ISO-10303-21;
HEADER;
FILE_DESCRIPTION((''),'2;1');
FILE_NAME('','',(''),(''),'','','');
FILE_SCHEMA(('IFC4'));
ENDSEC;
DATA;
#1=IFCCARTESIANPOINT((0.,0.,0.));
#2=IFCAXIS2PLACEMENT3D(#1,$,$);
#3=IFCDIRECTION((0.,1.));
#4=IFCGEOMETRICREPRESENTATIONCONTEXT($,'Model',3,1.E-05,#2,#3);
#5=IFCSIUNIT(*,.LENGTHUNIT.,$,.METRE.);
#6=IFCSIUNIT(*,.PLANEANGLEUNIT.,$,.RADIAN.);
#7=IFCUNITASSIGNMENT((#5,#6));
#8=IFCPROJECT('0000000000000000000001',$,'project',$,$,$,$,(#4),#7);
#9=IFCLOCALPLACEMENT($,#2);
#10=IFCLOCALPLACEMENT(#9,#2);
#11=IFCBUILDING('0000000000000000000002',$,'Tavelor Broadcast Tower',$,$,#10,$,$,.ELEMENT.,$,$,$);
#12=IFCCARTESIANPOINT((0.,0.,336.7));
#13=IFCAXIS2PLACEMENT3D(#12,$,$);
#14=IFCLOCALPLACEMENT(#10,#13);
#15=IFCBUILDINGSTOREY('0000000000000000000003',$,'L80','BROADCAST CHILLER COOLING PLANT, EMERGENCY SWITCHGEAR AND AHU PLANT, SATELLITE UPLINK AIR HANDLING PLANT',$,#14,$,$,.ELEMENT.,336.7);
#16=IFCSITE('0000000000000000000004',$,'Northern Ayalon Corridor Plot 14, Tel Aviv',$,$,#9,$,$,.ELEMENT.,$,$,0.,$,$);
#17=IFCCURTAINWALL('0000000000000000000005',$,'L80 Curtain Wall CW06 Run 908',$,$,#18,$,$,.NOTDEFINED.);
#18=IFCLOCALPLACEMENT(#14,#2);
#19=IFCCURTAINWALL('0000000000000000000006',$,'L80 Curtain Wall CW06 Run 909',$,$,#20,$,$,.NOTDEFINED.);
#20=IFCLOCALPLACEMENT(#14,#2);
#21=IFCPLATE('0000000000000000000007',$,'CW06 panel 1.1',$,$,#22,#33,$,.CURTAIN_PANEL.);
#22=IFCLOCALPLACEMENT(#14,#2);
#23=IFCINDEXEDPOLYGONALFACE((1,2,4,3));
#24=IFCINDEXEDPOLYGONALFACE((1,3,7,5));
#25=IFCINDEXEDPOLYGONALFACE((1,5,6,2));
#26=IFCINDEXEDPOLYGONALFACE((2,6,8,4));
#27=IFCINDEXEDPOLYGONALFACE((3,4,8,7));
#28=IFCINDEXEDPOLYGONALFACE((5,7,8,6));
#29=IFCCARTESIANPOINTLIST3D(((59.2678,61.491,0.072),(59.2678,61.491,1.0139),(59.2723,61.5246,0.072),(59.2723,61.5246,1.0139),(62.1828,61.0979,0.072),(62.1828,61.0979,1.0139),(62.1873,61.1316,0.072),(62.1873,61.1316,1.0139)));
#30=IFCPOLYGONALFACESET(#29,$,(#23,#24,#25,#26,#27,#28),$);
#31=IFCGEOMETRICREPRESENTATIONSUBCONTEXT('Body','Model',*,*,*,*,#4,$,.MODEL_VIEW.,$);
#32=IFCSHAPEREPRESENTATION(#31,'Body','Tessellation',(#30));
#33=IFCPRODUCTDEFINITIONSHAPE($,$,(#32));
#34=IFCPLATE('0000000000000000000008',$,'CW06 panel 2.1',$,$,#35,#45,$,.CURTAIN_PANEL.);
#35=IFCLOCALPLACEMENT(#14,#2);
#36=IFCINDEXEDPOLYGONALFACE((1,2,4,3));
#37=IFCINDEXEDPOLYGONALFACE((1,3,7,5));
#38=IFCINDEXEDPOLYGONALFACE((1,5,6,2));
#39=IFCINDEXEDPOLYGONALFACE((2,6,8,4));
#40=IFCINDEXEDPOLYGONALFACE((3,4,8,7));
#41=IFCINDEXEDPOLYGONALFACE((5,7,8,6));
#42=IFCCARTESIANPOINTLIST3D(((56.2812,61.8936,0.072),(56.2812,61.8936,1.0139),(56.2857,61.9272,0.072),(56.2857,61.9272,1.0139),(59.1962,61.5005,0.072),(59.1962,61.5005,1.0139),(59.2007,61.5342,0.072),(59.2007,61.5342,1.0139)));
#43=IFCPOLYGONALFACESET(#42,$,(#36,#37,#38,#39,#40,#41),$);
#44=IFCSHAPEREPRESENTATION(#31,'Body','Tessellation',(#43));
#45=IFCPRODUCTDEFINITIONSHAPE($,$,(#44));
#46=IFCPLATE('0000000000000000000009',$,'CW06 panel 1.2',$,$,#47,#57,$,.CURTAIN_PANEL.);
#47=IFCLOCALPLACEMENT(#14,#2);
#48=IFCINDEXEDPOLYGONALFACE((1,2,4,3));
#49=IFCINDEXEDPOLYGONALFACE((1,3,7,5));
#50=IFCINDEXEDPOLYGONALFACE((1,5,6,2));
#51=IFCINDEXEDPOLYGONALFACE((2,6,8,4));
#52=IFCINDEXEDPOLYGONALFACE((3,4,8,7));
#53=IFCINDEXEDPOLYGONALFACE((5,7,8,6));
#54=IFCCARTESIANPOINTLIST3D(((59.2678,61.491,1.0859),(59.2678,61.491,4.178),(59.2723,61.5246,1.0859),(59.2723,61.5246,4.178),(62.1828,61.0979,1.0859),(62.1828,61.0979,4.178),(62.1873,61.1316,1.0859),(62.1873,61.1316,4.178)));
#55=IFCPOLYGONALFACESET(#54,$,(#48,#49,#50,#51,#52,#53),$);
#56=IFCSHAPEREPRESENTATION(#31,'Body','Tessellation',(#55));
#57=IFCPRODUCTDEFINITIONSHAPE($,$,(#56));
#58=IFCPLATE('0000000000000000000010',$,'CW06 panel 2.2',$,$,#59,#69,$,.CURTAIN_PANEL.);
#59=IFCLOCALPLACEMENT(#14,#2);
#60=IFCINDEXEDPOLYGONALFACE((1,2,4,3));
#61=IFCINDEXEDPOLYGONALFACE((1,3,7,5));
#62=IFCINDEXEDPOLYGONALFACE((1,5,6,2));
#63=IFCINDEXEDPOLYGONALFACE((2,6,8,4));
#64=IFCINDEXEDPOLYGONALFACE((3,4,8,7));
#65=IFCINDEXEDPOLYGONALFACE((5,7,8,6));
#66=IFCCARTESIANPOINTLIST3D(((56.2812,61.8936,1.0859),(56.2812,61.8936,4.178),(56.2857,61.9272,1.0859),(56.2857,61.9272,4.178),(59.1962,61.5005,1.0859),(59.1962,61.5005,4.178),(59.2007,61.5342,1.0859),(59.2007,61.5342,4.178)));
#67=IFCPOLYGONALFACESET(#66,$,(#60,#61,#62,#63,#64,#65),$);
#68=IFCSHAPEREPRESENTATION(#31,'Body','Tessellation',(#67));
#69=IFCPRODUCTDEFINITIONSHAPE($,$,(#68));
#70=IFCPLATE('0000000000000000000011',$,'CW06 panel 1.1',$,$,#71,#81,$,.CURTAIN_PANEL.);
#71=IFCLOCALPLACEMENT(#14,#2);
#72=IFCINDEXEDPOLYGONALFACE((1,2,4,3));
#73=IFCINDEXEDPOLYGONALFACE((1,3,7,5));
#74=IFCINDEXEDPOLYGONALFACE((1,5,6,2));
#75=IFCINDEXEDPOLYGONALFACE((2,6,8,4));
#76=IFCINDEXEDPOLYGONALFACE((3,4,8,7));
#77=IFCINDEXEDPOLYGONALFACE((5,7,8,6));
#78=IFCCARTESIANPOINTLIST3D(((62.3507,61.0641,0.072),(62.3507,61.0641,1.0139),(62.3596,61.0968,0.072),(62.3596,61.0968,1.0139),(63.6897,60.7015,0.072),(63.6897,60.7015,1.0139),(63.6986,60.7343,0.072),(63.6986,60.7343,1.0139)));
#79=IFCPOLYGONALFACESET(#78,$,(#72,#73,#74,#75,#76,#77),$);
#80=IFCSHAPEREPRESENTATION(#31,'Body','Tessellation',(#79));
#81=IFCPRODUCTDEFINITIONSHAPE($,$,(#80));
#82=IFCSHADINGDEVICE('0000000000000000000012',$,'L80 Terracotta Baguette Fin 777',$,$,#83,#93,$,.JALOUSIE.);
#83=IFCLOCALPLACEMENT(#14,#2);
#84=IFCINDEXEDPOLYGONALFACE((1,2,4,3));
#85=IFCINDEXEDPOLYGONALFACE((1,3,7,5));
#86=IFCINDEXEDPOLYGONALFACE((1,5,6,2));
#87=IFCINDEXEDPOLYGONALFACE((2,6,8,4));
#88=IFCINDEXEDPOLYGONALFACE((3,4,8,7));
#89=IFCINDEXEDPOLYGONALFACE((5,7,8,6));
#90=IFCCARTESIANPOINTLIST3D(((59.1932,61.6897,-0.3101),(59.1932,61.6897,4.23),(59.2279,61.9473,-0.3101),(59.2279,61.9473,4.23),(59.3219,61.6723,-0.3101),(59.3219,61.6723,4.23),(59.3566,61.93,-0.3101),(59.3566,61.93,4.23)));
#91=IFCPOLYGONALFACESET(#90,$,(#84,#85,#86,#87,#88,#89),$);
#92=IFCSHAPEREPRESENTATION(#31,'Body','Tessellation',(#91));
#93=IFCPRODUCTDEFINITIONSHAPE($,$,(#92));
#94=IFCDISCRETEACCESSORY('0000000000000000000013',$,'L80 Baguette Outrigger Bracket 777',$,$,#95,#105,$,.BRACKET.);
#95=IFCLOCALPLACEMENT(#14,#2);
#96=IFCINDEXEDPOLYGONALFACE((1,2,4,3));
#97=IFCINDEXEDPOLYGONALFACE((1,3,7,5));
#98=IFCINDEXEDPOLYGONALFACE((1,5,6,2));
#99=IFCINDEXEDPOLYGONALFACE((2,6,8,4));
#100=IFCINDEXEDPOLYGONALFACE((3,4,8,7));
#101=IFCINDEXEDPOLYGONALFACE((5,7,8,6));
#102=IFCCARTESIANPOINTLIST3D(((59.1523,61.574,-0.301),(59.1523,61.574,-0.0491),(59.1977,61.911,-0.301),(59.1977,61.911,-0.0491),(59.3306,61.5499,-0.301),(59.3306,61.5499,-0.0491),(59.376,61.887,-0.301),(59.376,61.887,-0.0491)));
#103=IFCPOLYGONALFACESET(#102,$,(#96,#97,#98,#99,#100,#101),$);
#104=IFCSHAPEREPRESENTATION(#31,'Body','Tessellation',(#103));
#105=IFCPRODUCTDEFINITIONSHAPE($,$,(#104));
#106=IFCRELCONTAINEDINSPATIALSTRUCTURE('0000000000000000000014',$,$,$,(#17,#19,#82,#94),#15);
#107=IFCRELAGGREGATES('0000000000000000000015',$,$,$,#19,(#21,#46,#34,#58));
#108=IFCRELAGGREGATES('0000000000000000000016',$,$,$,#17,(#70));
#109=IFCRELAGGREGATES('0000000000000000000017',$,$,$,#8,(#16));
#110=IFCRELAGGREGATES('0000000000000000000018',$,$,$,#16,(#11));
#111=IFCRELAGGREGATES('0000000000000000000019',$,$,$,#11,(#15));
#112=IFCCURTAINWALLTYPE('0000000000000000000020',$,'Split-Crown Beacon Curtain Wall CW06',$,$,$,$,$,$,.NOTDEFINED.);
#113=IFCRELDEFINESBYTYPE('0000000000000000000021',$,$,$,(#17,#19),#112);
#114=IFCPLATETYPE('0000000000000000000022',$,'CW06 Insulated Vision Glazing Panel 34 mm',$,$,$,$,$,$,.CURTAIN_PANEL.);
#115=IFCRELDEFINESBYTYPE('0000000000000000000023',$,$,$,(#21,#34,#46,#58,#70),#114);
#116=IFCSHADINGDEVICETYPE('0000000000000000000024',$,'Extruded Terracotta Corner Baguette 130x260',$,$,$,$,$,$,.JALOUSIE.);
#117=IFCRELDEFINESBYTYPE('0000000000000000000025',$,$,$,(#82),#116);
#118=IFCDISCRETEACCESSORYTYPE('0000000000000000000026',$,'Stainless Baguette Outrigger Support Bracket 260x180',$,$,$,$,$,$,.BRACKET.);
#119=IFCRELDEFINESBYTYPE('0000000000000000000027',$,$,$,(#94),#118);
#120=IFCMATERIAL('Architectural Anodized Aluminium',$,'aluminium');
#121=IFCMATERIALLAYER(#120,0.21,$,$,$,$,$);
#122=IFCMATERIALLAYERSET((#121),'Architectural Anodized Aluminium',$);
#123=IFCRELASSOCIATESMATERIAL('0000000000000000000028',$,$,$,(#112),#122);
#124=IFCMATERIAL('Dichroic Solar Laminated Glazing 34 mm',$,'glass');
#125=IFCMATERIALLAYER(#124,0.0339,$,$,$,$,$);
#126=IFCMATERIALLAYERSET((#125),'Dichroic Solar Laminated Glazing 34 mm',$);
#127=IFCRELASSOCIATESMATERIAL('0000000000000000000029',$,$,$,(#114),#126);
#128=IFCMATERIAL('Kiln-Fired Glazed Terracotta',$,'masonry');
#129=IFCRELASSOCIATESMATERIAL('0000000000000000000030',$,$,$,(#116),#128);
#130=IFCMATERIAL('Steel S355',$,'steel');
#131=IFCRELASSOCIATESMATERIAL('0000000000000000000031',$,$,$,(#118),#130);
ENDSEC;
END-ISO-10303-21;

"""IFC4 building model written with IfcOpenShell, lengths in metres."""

from ifc_helpers import new_model, si_unit, direction, frame, origin, origin_2d, place, context, subcontext, project, spatial, rectangle, extrude, source, transform, mapped, material, layer, layer_set, type_object, type_shapes, element, aggregate, save


model = new_model("IFC4")

# Units and contexts
model_context = context("Model", 3, precision=1e-05, world=origin(), true_north=direction((0.0, 1.0)))
body_context = subcontext(model_context, "Body", "Model", "MODEL_VIEW")
ifc_project = project(units=[si_unit("LENGTHUNIT", "METRE"), si_unit("PLANEANGLEUNIT", "RADIAN")], contexts=[model_context])

# Site, building, storey
site_placement = place(None, origin())
site = spatial("IfcSite", under=ifc_project, at=site_placement, Name="Northern Ayalon Corridor Plot 14, Tel Aviv", CompositionType="ELEMENT", RefElevation=0.0)
building_placement = place(site_placement, origin())
building = spatial("IfcBuilding", under=site, at=building_placement, Name="Tavelor Broadcast Tower", CompositionType="ELEMENT")
storey_placement = place(building_placement, frame((0.0, 0.0, 336.7)))
storey = spatial("IfcBuildingStorey", under=building, at=storey_placement, Name="L80", Description="BROADCAST CHILLER COOLING PLANT, EMERGENCY SWITCHGEAR AND AHU PLANT, SATELLITE UPLINK AIR HANDLING PLANT", CompositionType="ELEMENT", Elevation=336.7)

# Shared definitions
ifc_material_1 = material(Name="Steel S355", Category="steel")

# Curtain wall
ifc_material_2 = material(Name="Architectural Anodized Aluminium", Category="aluminium")
ifc_layer_1 = layer(ifc_material_2, 0.21)
ifc_layer_set_1 = layer_set([ifc_layer_1], Name="Architectural Anodized Aluminium")
curtain_wall_type = type_object("IfcCurtainWallType", Name="Split-Crown Beacon Curtain Wall CW06", PredefinedType="NOTDEFINED", material=ifc_layer_set_1)
curtain_wall_1_placement = place(storey_placement, origin())
curtain_wall_1 = element("IfcCurtainWall", 1, at=curtain_wall_1_placement, inside=storey, type_object=curtain_wall_type, Name="L80 Curtain Wall CW06 Run 908", PredefinedType="NOTDEFINED")

# Curtain wall
curtain_wall_2_placement = place(storey_placement, origin())
curtain_wall_2 = element("IfcCurtainWall", 2, at=curtain_wall_2_placement, inside=storey, type_object=curtain_wall_type, Name="L80 Curtain Wall CW06 Run 909", PredefinedType="NOTDEFINED")

# Plates
ifc_material_3 = material(Name="Dichroic Solar Laminated Glazing 34 mm", Category="glass")
ifc_layer_2 = layer(ifc_material_3, 0.0339)
ifc_layer_set_2 = layer_set([ifc_layer_2], Name="Dichroic Solar Laminated Glazing 34 mm")
plate_type_1 = type_object("IfcPlateType", Name="CW06 Insulated Vision Glazing Panel 34 mm", PredefinedType="CURTAIN_PANEL", material=ifc_layer_set_2)
shared_shape_1 = source(origin(), body_context, "Body", "SweptSolid", [
    extrude(rectangle(XDim=2.9414, YDim=0.0339, at=origin_2d()), origin(), (0.0, 0.0, 1.0), 0.9419),
])
plate_1_placement = place(storey_placement, frame((60.7275, 61.3113, 0.072), z_axis=(0.0, 0.0, 1.0), x_axis=(-0.991031, 0.133628, 0.0)))
plate_1 = element("IfcPlate", 3, at=plate_1_placement, type_object=plate_type_1, Name="CW06 panel 1.1", PredefinedType="CURTAIN_PANEL", context=body_context, shape_type="MappedRepresentation", body=[
    mapped(shared_shape_1, transform((0.0, 0.0, 0.0), scale=1.0)),
])
plate_2_placement = place(storey_placement, frame((57.741, 61.7139, 0.072), z_axis=(0.0, 0.0, 1.0), x_axis=(-0.991031, 0.133628, 0.0)))
plate_2 = element("IfcPlate", 4, at=plate_2_placement, type_object=plate_type_1, Name="CW06 panel 2.1", PredefinedType="CURTAIN_PANEL", context=body_context, shape_type="MappedRepresentation", body=[
    mapped(shared_shape_1, transform((0.0, 0.0, 0.0), scale=1.0)),
])
shared_shape_2 = source(origin(), body_context, "Body", "SweptSolid", [
    extrude(rectangle(XDim=2.9414, YDim=0.0339, at=origin_2d()), origin(), (0.0, 0.0, 1.0), 3.092),
])
plate_3_placement = place(storey_placement, frame((60.7275, 61.3113, 1.0859), z_axis=(0.0, 0.0, 1.0), x_axis=(-0.991031, 0.133628, 0.0)))
plate_3 = element("IfcPlate", 5, at=plate_3_placement, type_object=plate_type_1, Name="CW06 panel 1.2", PredefinedType="CURTAIN_PANEL", context=body_context, shape_type="MappedRepresentation", body=[
    mapped(shared_shape_2, transform((0.0, 0.0, 0.0), scale=1.0)),
])
plate_4_placement = place(storey_placement, frame((57.741, 61.7139, 1.0859), z_axis=(0.0, 0.0, 1.0), x_axis=(-0.991031, 0.133628, 0.0)))
plate_4 = element("IfcPlate", 6, at=plate_4_placement, type_object=plate_type_1, Name="CW06 panel 2.2", PredefinedType="CURTAIN_PANEL", context=body_context, shape_type="MappedRepresentation", body=[
    mapped(shared_shape_2, transform((0.0, 0.0, 0.0), scale=1.0)),
])
aggregate(curtain_wall_2, [plate_1, plate_3, plate_2, plate_4])
shared_shape_3 = source(origin(), body_context, "Body", "SweptSolid", [
    extrude(rectangle(XDim=1.3872, YDim=0.0339, at=origin_2d()), origin(), (0.0, 0.0, 1.0), 0.9419),
])
type_shapes(plate_type_1, [shared_shape_1, shared_shape_2, shared_shape_3])
plate_5_placement = place(storey_placement, frame((63.0247, 60.8992, 0.072), z_axis=(0.0, 0.0, 1.0), x_axis=(-0.965237, 0.261376, 0.0)))
plate_5 = element("IfcPlate", 7, at=plate_5_placement, type_object=plate_type_1, Name="CW06 panel 1.1", PredefinedType="CURTAIN_PANEL", context=body_context, shape_type="MappedRepresentation", body=[
    mapped(shared_shape_3, transform((0.0, 0.0, 0.0), scale=1.0)),
])
aggregate(curtain_wall_1, [plate_5])

# Shading device
ifc_material_4 = material(Name="Kiln-Fired Glazed Terracotta", Category="masonry")
shading_device_type = type_object("IfcShadingDeviceType", Name="Extruded Terracotta Corner Baguette 130x260", PredefinedType="JALOUSIE", material=ifc_material_4)
shared_shape_4 = source(origin(), body_context, "Body", "SweptSolid", [
    extrude(rectangle(XDim=0.1299, YDim=0.26, at=origin_2d()), origin(), (0.0, 0.0, 1.0), 4.54),
])
type_shapes(shading_device_type, [shared_shape_4])
shading_device_placement = place(storey_placement, frame((59.2749, 61.8098, -0.3101), z_axis=(0.0, 0.0, 1.0), x_axis=(-0.99103, 0.13364, 0.0)))
element("IfcShadingDevice", 8, at=shading_device_placement, inside=storey, type_object=shading_device_type, Name="L80 Terracotta Baguette Fin 777", PredefinedType="JALOUSIE", context=body_context, shape_type="MappedRepresentation", body=[
    mapped(shared_shape_4, transform((0.0, 0.0, 0.0), scale=1.0)),
])

# Discrete accessory
discrete_accessory_type = type_object("IfcDiscreteAccessoryType", Name="Stainless Baguette Outrigger Support Bracket 260x180", PredefinedType="BRACKET", material=ifc_material_1)
shared_shape_5 = source(origin(), body_context, "Body", "SweptSolid", [
    extrude(rectangle(XDim=0.1799, YDim=0.3401, at=origin_2d()), origin(), (0.0, 0.0, 1.0), 0.252),
])
type_shapes(discrete_accessory_type, [shared_shape_5])
discrete_accessory_placement = place(storey_placement, frame((59.2642, 61.7305, -0.301), z_axis=(0.0, 0.0, 1.0), x_axis=(-0.99103, 0.13364, 0.0)))
element("IfcDiscreteAccessory", 9, at=discrete_accessory_placement, inside=storey, type_object=discrete_accessory_type, Name="L80 Baguette Outrigger Bracket 777", PredefinedType="BRACKET", context=body_context, shape_type="MappedRepresentation", body=[
    mapped(shared_shape_5, transform((0.0, 0.0, 0.0), scale=1.0)),
])

save(model, "model.ifc")
